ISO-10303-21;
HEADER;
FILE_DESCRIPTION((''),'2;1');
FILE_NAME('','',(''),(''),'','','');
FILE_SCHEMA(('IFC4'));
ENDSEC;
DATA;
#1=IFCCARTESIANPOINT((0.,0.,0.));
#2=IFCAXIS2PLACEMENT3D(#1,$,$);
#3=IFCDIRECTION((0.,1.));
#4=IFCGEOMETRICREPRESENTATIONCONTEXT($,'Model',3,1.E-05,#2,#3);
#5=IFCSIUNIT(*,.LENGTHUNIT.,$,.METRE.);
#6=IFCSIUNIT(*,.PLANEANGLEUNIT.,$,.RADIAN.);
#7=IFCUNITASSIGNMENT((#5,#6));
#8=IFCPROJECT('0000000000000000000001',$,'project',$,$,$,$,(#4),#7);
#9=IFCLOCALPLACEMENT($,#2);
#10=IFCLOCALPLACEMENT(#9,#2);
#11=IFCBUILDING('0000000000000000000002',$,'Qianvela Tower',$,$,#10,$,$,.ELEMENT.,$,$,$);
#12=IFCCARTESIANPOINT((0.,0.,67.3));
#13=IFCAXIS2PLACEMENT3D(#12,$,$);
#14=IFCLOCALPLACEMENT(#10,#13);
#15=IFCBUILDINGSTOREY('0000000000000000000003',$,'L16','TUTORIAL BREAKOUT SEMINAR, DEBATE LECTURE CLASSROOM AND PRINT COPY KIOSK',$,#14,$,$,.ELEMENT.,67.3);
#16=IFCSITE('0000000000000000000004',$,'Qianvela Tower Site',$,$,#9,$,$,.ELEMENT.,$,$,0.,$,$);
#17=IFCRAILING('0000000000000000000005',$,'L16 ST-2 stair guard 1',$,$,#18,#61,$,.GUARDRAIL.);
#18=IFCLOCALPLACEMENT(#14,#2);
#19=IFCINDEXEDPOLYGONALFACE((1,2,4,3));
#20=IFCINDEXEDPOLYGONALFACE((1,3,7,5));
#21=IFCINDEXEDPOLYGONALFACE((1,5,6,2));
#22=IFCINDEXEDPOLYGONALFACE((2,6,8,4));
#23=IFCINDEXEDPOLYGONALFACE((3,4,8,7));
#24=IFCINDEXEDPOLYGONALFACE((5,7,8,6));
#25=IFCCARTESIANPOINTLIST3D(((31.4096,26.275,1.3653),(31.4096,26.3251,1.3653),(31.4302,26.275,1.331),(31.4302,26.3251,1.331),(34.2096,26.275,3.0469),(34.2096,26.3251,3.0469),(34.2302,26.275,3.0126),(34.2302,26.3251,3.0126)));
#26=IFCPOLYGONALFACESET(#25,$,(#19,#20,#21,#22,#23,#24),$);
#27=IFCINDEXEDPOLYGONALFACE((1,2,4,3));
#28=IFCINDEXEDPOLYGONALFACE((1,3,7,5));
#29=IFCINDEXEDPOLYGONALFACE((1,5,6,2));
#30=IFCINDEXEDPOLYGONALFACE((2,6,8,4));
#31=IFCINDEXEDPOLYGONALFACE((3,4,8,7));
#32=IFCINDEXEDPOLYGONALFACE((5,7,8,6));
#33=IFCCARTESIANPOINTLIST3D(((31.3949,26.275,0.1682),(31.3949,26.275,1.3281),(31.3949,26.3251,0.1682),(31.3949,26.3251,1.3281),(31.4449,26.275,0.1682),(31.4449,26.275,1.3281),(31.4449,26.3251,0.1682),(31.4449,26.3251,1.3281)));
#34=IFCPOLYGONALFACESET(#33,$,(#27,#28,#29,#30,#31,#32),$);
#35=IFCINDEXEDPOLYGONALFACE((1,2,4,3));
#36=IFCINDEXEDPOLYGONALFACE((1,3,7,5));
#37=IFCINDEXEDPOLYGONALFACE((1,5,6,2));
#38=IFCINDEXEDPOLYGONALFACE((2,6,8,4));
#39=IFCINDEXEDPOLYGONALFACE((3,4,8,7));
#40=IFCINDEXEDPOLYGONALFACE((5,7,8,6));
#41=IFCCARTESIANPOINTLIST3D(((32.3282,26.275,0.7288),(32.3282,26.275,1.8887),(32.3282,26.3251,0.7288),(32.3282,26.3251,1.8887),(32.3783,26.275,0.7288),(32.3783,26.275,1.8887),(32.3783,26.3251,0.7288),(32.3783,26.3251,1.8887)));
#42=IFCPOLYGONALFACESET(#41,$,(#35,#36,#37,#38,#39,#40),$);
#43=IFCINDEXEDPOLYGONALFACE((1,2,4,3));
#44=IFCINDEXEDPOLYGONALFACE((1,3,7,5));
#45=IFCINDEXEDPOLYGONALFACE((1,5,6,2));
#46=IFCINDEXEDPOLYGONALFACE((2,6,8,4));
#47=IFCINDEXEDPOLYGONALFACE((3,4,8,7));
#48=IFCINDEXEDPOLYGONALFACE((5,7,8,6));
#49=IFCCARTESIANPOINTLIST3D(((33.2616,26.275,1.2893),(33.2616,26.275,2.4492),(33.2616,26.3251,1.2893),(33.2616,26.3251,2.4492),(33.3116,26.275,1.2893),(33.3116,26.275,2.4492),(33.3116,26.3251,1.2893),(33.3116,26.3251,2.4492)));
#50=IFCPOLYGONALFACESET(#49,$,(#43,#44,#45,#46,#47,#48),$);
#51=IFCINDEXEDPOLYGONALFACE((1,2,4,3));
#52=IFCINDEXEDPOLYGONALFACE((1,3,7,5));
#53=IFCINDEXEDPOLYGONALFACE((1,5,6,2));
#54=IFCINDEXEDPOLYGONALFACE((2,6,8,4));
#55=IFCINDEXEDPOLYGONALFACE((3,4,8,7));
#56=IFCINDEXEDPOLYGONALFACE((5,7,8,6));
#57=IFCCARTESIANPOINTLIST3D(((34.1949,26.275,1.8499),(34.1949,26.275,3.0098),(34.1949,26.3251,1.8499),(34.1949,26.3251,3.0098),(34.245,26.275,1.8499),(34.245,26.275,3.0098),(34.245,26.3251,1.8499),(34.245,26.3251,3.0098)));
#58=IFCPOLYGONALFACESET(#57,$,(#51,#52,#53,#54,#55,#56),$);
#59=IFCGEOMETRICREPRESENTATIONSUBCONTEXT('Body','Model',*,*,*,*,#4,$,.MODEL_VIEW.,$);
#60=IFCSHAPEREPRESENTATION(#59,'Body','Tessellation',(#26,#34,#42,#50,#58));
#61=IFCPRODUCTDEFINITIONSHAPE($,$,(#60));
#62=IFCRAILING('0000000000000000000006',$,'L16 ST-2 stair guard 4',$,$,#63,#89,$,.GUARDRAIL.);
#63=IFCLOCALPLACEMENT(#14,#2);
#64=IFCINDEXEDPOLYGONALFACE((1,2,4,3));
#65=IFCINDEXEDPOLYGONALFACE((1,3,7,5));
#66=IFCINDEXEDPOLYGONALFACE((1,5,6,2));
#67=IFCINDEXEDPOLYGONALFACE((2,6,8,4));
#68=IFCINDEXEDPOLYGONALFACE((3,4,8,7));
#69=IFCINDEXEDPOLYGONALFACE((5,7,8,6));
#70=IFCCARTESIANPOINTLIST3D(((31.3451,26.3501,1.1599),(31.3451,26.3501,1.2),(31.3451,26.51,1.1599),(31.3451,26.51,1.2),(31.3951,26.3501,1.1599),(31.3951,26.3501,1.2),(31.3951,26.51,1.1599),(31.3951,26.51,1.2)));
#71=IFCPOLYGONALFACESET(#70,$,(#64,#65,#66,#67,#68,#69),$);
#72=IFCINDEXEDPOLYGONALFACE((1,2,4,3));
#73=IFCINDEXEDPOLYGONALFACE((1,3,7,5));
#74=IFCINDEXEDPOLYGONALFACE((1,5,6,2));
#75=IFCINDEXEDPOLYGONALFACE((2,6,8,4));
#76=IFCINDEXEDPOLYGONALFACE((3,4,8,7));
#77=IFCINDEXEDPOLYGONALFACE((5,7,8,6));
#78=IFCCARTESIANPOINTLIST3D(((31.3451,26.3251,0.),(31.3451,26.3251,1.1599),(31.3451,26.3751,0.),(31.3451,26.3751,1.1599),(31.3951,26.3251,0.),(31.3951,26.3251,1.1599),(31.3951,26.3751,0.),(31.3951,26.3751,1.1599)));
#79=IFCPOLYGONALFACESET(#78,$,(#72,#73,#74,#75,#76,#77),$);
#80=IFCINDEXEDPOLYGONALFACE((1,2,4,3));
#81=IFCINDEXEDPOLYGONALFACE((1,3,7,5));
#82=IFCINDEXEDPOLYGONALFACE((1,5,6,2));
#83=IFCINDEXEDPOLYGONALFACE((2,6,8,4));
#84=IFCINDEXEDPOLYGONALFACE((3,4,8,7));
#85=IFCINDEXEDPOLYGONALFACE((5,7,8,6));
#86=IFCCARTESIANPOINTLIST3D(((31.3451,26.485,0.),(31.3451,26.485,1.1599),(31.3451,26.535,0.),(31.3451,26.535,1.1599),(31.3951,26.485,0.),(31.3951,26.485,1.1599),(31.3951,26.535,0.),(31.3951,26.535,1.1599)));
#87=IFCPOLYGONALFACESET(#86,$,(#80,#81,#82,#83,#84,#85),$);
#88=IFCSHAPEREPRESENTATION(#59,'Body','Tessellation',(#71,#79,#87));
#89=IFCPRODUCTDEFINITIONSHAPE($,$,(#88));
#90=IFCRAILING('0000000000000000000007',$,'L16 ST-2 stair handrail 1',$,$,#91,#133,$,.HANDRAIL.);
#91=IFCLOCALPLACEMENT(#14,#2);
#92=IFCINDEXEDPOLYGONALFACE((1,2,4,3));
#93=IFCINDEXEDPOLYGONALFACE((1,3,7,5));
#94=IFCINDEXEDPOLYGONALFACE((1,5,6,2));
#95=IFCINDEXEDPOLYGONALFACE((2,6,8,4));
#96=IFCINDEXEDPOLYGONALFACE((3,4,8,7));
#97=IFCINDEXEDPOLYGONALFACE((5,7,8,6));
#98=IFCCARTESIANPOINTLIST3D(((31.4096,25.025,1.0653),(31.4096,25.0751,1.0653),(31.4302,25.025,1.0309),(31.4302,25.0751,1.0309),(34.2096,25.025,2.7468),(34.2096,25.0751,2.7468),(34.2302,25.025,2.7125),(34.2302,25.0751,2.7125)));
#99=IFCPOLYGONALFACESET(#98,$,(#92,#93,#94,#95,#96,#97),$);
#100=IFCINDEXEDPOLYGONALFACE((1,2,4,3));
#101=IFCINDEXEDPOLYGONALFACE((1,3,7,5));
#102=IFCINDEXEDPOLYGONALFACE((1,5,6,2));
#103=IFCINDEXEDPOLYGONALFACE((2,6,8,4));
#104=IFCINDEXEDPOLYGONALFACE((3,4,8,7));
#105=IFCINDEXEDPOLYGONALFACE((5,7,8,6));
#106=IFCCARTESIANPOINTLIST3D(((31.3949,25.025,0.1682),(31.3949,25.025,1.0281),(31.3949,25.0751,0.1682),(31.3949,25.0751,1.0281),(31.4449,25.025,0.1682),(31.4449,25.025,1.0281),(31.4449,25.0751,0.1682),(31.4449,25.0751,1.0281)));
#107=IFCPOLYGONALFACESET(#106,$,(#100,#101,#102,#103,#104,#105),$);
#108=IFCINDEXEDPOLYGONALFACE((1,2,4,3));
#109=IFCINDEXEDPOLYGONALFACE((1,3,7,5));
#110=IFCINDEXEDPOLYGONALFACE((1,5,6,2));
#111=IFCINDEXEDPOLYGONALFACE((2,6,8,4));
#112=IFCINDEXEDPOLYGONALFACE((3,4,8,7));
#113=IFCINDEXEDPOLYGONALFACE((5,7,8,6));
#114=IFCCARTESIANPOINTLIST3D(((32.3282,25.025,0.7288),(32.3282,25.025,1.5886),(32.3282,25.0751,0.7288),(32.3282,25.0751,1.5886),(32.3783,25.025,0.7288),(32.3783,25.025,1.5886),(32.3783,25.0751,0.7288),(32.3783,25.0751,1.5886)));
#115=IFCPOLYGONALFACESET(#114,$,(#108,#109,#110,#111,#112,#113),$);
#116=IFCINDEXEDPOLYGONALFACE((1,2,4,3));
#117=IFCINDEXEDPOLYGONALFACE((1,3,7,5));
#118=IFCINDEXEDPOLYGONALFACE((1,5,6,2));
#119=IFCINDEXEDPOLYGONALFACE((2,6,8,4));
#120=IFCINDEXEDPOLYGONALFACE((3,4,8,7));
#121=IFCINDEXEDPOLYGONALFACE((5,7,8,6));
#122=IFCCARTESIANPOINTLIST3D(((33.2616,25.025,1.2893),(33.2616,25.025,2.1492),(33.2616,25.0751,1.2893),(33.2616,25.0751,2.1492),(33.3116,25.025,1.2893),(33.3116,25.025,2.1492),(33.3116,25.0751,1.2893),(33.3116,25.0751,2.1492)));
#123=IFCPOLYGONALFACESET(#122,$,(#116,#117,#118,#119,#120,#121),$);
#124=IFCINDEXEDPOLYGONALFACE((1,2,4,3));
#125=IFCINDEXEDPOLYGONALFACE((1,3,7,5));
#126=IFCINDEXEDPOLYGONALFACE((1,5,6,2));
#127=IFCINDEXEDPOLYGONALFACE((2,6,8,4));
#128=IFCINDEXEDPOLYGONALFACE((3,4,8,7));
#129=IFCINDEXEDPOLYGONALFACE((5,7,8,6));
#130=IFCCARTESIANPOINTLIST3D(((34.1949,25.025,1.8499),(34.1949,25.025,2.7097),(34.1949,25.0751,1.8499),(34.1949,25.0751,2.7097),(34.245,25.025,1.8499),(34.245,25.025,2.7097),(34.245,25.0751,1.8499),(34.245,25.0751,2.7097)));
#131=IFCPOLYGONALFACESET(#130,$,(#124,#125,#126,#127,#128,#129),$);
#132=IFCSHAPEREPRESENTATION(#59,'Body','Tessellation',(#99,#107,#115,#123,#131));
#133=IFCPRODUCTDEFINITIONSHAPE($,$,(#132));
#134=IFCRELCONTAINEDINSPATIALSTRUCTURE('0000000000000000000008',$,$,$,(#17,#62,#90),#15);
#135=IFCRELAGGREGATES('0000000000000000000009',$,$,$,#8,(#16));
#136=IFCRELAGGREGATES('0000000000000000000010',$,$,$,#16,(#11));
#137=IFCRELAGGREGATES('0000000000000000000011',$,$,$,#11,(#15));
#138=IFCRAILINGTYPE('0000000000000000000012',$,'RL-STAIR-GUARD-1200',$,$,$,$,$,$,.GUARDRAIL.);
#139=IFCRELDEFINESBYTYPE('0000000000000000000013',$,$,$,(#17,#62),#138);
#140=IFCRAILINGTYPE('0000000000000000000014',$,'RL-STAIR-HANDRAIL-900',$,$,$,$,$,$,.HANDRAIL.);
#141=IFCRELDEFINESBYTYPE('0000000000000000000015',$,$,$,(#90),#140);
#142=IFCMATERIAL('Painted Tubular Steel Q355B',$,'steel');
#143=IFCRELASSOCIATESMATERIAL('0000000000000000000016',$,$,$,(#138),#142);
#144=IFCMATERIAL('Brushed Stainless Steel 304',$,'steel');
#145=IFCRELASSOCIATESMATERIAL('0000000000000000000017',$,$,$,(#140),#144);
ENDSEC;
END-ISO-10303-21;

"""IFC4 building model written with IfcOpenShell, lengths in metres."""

from ifc_helpers import new_model, si_unit, direction, frame, origin, origin_2d, place, context, subcontext, project, spatial, rectangle, extrude, material, type_object, element, save


model = new_model("IFC4")

# Units and contexts
model_context = context("Model", 3, precision=1e-05, world=origin(), true_north=direction((0.0, 1.0)))
body_context = subcontext(model_context, "Body", "Model", "MODEL_VIEW")
ifc_project = project(units=[si_unit("LENGTHUNIT", "METRE"), si_unit("PLANEANGLEUNIT", "RADIAN")], contexts=[model_context])

# Site, building, storey
site_placement = place(None, origin())
site = spatial("IfcSite", under=ifc_project, at=site_placement, Name="Qianvela Tower Site", CompositionType="ELEMENT", RefElevation=0.0)
building_placement = place(site_placement, origin())
building = spatial("IfcBuilding", under=site, at=building_placement, Name="Qianvela Tower", CompositionType="ELEMENT")
storey_placement = place(building_placement, frame((0.0, 0.0, 67.3)))
storey = spatial("IfcBuildingStorey", under=building, at=storey_placement, Name="L16", Description="TUTORIAL BREAKOUT SEMINAR, DEBATE LECTURE CLASSROOM AND PRINT COPY KIOSK", CompositionType="ELEMENT", Elevation=67.3)

# Railings
ifc_material_1 = material(Name="Painted Tubular Steel Q355B", Category="steel")
railing_type_1 = type_object("IfcRailingType", Name="RL-STAIR-GUARD-1200", PredefinedType="GUARDRAIL", material=ifc_material_1)
railing_1_placement = place(storey_placement, frame((31.4199, 26.3, 0.1682)))
element("IfcRailing", 1, at=railing_1_placement, inside=storey, type_object=railing_type_1, Name="L16 ST-2 stair guard 1", PredefinedType="GUARDRAIL", context=body_context, shape_type="SweptSolid", body=[
    extrude(rectangle(XDim=0.05, YDim=0.04, at=origin_2d()), frame((0.0, 0.0, 1.1799), z_axis=(0.857275, 0.0, 0.514858), x_axis=(0.0, 1.0, 0.0)), (0.0, 0.0, 1.0), 3.2661),
    extrude(rectangle(XDim=0.05, YDim=0.05, at=origin_2d()), origin(), (0.0, 0.0, 1.0), 1.1599),
    extrude(rectangle(XDim=0.05, YDim=0.05, at=origin_2d()), frame((0.9333, 0.0, 0.5605)), (0.0, 0.0, 1.0), 1.1599),
    extrude(rectangle(XDim=0.05, YDim=0.05, at=origin_2d()), frame((1.8667, 0.0, 1.1211)), (0.0, 0.0, 1.0), 1.1599),
    extrude(rectangle(XDim=0.05, YDim=0.05, at=origin_2d()), frame((2.8, 0.0, 1.6816)), (0.0, 0.0, 1.0), 1.1599),
])
railing_2_placement = place(storey_placement, frame((31.3701, 26.3501, 0.0)))
element("IfcRailing", 2, at=railing_2_placement, inside=storey, type_object=railing_type_1, Name="L16 ST-2 stair guard 4", PredefinedType="GUARDRAIL", context=body_context, shape_type="SweptSolid", body=[
    extrude(rectangle(XDim=0.05, YDim=0.04, at=origin_2d()), frame((0.0, 0.0, 1.1799), z_axis=(0.0, 1.0, 0.0), x_axis=(-1.0, 0.0, 0.0)), (0.0, 0.0, 1.0), 0.1599),
    extrude(rectangle(XDim=0.05, YDim=0.05, at=origin_2d()), origin(), (0.0, 0.0, 1.0), 1.1599),
    extrude(rectangle(XDim=0.05, YDim=0.05, at=origin_2d()), frame((0.0, 0.1599, 0.0)), (0.0, 0.0, 1.0), 1.1599),
])
ifc_material_2 = material(Name="Brushed Stainless Steel 304", Category="steel")
railing_type_2 = type_object("IfcRailingType", Name="RL-STAIR-HANDRAIL-900", PredefinedType="HANDRAIL", material=ifc_material_2)
railing_3_placement = place(storey_placement, frame((31.4199, 25.05, 0.1682)))
element("IfcRailing", 3, at=railing_3_placement, inside=storey, type_object=railing_type_2, Name="L16 ST-2 stair handrail 1", PredefinedType="HANDRAIL", context=body_context, shape_type="SweptSolid", body=[
    extrude(rectangle(XDim=0.05, YDim=0.04, at=origin_2d()), frame((0.0, 0.0, 0.8799), z_axis=(0.857275, 0.0, 0.514858), x_axis=(0.0, 1.0, 0.0)), (0.0, 0.0, 1.0), 3.2661),
    extrude(rectangle(XDim=0.05, YDim=0.05, at=origin_2d()), origin(), (0.0, 0.0, 1.0), 0.8599),
    extrude(rectangle(XDim=0.05, YDim=0.05, at=origin_2d()), frame((0.9333, 0.0, 0.5605)), (0.0, 0.0, 1.0), 0.8599),
    extrude(rectangle(XDim=0.05, YDim=0.05, at=origin_2d()), frame((1.8667, 0.0, 1.1211)), (0.0, 0.0, 1.0), 0.8599),
    extrude(rectangle(XDim=0.05, YDim=0.05, at=origin_2d()), frame((2.8, 0.0, 1.6816)), (0.0, 0.0, 1.0), 0.8599),
])

save(model, "model.ifc")
